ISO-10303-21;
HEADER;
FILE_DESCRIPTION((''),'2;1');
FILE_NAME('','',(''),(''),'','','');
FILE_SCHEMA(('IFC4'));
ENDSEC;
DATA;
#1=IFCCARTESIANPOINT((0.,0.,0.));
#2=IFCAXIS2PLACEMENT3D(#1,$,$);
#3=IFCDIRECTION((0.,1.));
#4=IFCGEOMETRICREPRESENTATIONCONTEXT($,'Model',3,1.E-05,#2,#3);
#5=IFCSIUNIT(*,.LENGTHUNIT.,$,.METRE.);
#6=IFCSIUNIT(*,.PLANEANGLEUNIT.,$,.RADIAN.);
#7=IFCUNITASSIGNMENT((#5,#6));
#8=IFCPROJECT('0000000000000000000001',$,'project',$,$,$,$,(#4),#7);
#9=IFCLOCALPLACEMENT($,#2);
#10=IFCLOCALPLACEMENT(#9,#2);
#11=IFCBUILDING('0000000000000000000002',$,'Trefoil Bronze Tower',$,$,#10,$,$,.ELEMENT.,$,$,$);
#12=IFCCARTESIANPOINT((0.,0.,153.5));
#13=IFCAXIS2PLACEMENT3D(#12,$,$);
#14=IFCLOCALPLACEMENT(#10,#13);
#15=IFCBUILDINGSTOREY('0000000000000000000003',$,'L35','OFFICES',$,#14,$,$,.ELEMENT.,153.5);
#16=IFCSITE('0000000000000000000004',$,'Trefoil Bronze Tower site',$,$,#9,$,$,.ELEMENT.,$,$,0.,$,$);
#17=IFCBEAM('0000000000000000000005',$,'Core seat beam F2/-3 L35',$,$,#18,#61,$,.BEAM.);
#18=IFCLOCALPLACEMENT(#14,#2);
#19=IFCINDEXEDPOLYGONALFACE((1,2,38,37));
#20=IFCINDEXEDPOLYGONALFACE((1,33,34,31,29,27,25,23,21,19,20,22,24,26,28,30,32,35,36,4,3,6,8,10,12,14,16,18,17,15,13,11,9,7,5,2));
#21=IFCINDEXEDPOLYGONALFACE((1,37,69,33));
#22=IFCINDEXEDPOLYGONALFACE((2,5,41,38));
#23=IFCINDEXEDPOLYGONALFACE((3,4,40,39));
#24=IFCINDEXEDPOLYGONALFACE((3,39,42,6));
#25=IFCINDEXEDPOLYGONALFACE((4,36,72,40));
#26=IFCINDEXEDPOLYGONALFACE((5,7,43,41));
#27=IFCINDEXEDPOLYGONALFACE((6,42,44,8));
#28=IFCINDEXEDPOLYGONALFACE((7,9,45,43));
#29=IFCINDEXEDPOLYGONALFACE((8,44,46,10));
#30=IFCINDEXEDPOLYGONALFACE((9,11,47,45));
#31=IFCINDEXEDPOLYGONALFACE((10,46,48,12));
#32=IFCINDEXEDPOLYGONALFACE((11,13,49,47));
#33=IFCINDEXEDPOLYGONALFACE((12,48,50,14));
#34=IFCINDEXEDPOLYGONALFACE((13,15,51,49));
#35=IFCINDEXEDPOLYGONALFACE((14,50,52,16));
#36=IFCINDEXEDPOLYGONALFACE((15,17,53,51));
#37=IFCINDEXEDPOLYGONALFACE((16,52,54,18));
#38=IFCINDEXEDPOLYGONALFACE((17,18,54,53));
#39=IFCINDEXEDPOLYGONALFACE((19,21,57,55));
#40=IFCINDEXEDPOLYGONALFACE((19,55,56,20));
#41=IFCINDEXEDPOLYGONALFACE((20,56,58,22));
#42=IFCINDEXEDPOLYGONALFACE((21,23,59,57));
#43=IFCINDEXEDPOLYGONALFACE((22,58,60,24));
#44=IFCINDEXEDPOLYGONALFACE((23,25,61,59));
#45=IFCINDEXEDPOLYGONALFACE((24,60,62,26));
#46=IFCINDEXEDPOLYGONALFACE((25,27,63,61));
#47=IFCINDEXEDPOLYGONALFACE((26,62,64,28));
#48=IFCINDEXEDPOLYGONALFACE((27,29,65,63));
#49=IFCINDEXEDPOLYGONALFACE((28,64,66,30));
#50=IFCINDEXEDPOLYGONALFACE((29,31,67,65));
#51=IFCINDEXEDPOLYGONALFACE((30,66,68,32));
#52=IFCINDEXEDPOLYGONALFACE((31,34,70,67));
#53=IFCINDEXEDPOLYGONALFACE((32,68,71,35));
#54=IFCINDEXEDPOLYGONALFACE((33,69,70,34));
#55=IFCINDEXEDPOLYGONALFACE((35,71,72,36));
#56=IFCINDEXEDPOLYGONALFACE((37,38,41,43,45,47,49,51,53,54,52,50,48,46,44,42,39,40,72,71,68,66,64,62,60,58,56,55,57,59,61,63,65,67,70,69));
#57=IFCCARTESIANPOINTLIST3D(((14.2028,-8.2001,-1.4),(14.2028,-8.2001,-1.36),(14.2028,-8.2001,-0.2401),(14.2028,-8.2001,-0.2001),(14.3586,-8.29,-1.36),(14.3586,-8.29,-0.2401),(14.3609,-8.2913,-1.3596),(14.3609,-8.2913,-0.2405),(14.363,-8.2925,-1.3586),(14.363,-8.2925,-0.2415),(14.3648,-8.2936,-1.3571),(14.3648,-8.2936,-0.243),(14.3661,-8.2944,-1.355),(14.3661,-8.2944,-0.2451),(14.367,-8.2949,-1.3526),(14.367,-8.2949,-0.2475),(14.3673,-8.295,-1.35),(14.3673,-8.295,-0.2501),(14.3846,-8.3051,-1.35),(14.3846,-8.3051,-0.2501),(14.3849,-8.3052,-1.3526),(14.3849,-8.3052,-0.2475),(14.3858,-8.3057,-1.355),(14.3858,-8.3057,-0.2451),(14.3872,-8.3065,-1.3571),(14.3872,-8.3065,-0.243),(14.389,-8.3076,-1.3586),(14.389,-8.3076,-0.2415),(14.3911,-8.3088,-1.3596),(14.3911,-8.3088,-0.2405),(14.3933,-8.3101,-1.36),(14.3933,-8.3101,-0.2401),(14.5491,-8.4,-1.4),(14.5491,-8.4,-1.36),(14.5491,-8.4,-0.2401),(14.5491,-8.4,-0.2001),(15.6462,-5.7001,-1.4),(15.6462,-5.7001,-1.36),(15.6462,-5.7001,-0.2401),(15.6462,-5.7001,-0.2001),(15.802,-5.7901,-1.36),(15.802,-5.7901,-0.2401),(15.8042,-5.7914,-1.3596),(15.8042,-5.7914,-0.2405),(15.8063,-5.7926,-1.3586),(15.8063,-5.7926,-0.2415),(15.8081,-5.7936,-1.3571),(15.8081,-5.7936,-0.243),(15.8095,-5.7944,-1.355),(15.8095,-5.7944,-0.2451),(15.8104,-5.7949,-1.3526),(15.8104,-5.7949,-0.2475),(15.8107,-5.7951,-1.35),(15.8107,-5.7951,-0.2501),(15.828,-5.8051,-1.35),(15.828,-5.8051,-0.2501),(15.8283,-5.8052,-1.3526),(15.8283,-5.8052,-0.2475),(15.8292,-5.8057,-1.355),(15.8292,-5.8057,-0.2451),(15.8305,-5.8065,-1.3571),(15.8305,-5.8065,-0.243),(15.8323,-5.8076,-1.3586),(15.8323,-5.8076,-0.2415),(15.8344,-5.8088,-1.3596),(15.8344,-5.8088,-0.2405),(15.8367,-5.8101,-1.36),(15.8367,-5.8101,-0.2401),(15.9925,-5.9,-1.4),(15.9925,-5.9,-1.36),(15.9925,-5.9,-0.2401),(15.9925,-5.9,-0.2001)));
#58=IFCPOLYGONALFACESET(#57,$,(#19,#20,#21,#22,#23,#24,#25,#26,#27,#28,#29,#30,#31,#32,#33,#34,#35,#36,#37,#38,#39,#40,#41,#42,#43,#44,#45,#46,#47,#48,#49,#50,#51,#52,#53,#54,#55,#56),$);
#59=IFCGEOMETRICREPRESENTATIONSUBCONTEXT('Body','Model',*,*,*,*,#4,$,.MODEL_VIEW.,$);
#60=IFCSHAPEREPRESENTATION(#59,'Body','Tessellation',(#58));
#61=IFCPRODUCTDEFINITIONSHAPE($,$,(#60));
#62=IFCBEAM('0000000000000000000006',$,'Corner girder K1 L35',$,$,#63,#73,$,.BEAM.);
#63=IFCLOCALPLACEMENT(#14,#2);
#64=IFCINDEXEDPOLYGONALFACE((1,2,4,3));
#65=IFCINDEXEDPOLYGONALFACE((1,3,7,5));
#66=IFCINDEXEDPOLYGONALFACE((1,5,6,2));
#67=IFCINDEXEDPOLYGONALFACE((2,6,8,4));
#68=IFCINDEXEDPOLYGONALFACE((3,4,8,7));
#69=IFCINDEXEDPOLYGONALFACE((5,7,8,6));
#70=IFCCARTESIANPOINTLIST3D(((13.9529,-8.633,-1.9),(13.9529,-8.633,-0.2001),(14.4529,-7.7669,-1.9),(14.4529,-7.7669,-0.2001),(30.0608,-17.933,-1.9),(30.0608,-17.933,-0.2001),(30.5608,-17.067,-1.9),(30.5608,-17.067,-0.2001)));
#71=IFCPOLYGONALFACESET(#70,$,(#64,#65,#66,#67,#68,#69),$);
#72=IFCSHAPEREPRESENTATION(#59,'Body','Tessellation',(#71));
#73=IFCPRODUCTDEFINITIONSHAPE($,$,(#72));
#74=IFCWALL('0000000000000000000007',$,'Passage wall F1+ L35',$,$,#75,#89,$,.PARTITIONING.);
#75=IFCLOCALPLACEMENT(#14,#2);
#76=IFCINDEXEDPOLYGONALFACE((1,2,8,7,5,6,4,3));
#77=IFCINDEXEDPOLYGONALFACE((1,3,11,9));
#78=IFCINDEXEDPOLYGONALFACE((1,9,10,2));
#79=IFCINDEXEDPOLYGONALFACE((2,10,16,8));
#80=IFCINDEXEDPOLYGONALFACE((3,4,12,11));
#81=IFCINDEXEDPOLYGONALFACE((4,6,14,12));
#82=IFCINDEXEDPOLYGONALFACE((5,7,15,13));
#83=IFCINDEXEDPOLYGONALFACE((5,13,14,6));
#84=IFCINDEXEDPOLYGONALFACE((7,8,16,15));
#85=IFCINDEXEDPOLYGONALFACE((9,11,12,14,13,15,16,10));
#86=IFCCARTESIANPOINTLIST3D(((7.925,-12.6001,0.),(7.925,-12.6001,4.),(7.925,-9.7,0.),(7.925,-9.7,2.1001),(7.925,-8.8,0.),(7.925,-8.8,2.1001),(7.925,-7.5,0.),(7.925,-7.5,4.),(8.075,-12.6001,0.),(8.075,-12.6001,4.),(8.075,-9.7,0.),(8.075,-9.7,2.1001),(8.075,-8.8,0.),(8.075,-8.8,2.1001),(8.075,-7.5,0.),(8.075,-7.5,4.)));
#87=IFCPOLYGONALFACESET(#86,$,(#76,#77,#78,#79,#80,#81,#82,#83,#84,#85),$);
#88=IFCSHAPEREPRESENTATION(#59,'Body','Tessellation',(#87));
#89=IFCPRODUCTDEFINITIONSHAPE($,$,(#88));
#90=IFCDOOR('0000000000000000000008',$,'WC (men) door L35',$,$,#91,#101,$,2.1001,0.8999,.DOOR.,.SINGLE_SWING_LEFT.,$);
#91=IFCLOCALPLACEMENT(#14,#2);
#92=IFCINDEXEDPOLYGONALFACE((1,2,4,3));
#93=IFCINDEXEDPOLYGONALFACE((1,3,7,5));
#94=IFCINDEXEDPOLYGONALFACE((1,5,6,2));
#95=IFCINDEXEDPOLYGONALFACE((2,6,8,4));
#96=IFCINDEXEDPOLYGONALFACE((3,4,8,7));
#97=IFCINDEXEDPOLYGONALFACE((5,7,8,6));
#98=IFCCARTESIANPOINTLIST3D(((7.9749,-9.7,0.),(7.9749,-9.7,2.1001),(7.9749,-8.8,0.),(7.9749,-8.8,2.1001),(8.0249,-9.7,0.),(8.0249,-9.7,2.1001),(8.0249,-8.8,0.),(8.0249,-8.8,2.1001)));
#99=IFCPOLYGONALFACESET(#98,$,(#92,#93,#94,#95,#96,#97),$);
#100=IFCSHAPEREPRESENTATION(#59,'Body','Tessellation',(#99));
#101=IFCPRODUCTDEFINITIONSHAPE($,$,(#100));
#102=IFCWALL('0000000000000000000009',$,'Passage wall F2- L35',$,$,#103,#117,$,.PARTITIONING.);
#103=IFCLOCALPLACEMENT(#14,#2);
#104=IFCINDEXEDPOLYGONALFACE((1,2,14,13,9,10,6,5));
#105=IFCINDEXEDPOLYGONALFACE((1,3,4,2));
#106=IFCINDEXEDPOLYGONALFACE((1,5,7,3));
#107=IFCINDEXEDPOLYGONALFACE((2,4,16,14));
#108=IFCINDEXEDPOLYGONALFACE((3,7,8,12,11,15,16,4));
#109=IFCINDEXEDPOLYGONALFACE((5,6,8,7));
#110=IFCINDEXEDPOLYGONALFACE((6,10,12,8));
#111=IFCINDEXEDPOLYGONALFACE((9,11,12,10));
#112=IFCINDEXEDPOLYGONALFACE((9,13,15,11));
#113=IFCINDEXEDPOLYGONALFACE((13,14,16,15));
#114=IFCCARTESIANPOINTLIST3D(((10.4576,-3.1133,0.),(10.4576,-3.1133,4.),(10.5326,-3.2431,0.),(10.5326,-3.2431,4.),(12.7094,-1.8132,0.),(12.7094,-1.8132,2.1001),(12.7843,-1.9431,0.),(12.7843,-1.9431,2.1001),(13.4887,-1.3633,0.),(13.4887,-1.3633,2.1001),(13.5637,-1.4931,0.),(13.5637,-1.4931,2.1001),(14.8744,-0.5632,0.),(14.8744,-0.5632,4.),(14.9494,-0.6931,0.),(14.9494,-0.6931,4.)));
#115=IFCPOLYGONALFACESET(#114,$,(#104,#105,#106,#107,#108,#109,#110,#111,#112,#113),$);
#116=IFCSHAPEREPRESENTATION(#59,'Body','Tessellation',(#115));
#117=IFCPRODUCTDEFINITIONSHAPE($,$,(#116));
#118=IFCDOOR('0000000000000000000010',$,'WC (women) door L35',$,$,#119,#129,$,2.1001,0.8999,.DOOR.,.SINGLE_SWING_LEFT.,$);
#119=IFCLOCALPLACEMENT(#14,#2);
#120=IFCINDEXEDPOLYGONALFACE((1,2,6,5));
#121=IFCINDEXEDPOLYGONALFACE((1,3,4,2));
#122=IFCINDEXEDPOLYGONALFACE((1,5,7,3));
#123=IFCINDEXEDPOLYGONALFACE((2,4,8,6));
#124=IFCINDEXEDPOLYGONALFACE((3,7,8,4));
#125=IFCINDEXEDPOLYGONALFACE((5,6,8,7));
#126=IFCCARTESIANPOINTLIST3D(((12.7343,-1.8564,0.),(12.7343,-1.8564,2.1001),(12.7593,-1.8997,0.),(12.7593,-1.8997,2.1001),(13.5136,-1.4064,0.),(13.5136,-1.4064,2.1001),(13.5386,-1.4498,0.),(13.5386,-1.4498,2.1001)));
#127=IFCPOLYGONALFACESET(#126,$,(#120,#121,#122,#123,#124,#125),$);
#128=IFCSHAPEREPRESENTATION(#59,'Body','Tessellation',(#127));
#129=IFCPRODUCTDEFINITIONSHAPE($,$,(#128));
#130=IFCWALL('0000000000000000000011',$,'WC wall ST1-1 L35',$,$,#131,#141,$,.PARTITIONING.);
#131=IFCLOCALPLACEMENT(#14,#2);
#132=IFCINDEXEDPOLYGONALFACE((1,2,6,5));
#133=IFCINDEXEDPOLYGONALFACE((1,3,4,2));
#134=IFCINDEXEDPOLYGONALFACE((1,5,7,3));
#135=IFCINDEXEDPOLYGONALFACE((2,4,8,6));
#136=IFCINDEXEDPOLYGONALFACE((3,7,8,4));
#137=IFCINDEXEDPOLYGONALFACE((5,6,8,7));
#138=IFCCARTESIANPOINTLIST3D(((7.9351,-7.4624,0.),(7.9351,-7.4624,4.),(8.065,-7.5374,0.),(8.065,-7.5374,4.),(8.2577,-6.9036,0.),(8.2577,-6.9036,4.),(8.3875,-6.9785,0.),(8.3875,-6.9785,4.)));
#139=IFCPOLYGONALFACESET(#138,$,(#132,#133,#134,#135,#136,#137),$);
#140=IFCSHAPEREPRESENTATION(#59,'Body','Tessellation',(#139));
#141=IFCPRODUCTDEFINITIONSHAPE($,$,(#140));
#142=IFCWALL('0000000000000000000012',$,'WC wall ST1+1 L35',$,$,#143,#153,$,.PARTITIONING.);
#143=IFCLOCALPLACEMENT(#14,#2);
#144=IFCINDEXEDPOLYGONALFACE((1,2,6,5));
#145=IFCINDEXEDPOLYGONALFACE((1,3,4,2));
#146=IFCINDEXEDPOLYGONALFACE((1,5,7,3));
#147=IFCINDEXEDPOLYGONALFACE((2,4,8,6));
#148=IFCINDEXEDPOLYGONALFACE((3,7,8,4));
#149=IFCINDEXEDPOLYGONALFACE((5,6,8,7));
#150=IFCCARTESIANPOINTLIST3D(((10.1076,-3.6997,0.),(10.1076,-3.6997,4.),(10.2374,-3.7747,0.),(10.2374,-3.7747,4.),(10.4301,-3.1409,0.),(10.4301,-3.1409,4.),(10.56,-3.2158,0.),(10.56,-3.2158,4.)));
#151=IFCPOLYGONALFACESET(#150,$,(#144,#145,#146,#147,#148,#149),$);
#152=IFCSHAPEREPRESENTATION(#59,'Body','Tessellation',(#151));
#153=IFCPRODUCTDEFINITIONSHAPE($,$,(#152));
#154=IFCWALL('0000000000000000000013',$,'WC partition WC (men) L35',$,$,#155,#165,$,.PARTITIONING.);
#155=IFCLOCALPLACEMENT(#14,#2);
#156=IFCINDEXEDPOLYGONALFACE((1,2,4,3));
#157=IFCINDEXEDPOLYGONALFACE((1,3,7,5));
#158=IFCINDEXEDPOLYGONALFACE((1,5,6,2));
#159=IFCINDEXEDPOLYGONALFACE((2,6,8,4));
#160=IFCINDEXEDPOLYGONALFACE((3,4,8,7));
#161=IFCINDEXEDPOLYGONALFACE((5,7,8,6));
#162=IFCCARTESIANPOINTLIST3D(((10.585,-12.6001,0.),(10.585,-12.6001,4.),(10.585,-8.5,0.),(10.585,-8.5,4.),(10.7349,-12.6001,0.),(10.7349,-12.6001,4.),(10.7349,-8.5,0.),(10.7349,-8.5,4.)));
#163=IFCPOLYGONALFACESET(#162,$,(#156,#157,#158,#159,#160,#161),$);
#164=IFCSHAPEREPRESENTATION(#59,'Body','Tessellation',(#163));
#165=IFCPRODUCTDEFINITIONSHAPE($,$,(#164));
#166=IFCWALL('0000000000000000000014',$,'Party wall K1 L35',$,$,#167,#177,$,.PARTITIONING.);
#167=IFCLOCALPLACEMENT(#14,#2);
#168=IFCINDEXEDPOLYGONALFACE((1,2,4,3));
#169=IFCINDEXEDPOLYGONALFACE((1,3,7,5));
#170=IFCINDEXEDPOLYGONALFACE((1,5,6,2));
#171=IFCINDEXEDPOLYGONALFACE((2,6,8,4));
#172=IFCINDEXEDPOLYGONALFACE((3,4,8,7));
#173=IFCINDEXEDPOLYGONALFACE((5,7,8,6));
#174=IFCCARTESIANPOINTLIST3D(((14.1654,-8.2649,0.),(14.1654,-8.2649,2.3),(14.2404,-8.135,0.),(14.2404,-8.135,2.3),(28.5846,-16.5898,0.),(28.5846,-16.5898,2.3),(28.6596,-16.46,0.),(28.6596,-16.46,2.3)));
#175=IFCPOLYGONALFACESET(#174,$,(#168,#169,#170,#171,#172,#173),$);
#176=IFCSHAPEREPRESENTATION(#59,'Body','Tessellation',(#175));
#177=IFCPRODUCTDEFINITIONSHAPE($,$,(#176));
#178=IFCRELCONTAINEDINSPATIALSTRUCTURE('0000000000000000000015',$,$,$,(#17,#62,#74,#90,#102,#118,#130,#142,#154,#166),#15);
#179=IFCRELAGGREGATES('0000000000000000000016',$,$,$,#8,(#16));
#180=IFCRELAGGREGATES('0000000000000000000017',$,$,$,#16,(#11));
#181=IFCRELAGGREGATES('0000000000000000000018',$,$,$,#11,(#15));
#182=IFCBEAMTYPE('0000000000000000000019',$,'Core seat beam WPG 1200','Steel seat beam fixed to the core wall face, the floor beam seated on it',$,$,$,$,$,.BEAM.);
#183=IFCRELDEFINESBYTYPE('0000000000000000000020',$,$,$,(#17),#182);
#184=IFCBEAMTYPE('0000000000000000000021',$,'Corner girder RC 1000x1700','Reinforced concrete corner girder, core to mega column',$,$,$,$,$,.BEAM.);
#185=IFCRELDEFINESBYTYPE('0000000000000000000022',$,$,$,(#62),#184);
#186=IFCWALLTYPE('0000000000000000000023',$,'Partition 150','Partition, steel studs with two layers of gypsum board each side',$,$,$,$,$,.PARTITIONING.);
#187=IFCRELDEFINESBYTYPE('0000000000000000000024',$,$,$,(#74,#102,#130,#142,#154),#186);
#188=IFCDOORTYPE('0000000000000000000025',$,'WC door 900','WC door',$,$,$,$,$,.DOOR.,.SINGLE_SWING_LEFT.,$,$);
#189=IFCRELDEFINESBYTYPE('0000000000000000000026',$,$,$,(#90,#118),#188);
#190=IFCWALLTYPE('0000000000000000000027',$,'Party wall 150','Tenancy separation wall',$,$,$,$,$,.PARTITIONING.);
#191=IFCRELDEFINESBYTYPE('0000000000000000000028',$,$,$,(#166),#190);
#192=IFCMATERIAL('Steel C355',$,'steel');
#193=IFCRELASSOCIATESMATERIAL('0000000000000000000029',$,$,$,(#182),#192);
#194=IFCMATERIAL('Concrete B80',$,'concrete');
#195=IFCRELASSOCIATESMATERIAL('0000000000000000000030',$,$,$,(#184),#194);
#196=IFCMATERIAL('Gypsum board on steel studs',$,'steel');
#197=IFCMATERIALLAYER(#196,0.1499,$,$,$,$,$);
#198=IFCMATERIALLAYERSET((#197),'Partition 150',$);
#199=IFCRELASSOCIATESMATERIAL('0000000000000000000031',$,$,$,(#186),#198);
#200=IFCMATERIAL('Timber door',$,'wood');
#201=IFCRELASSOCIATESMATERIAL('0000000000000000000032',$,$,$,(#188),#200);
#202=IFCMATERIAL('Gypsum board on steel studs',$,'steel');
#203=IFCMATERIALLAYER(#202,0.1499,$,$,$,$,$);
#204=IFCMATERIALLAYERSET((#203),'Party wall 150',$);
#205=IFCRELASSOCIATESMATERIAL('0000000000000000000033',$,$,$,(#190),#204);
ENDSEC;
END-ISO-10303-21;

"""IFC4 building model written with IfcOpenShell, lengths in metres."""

from ifc_helpers import new_model, si_unit, direction, frame, frame_2d, origin, origin_2d, place, context, subcontext, project, spatial, rectangle, i_section, extrude, material, layer, layer_set, material_profile, profile_set, type_object, element, fill, save


model = new_model("IFC4")

# Units and contexts
model_context = context("Model", 3, precision=1e-05, world=origin(), true_north=direction((0.0, 1.0)))
body_context = subcontext(model_context, "Body", "Model", "MODEL_VIEW")
ifc_project = project(units=[si_unit("LENGTHUNIT", "METRE"), si_unit("PLANEANGLEUNIT", "RADIAN")], contexts=[model_context])

# Site, building, storey
site_placement = place(None, origin())
site = spatial("IfcSite", under=ifc_project, at=site_placement, Name="Trefoil Bronze Tower site", CompositionType="ELEMENT", RefElevation=0.0)
building_placement = place(site_placement, origin())
building = spatial("IfcBuilding", under=site, at=building_placement, Name="Trefoil Bronze Tower", CompositionType="ELEMENT")
storey_placement = place(building_placement, frame((0.0, 0.0, 153.5)))
storey = spatial("IfcBuildingStorey", under=building, at=storey_placement, Name="L35", Description="OFFICES", CompositionType="ELEMENT", Elevation=153.5)

# Beams
ifc_material_1 = material(Name="Steel C355", Category="steel")
ifc_material_profile_1 = material_profile(ifc_material_1, i_section(OverallWidth=0.3999, OverallDepth=1.2, WebThickness=0.02, FlangeThickness=0.04, FilletRadius=0.01, at=origin_2d()), Name="WPG 1200")
ifc_profile_set_1 = profile_set([ifc_material_profile_1], Name="Steel C355")
beam_type_1 = type_object("IfcBeamType", Name="Core seat beam WPG 1200", Description="Steel seat beam fixed to the core wall face, the floor beam seated on it", PredefinedType="BEAM", material=ifc_profile_set_1)
beam_1_placement = place(storey_placement, frame((14.376, -8.3, -0.8), z_axis=(0.499996, 0.866028, 0.0), x_axis=(-0.866028, 0.499996, 0.0)))
element("IfcBeam", 1, at=beam_1_placement, inside=storey, type_object=beam_type_1, Name="Core seat beam F2/-3 L35", PredefinedType="BEAM", context=body_context, shape_type="SweptSolid", body=[
    extrude(i_section(OverallWidth=0.3999, OverallDepth=1.2, WebThickness=0.02, FlangeThickness=0.04, FilletRadius=0.01, at=origin_2d()), origin(), (0.0, 0.0, 1.0), 2.8867),
])
ifc_material_2 = material(Name="Concrete B80", Category="concrete")
ifc_material_profile_2 = material_profile(ifc_material_2, rectangle(XDim=1.0, YDim=1.7, at=origin_2d()), Name="RC 1000x1700")
ifc_profile_set_2 = profile_set([ifc_material_profile_2], Name="Concrete B80")
beam_type_2 = type_object("IfcBeamType", Name="Corner girder RC 1000x1700", Description="Reinforced concrete corner girder, core to mega column", PredefinedType="BEAM", material=ifc_profile_set_2)
beam_2_placement = place(storey_placement, frame((14.2029, -8.2, -1.05), z_axis=(0.866022, -0.500006, 0.0), x_axis=(0.500006, 0.866022, 0.0)))
element("IfcBeam", 2, at=beam_2_placement, inside=storey, type_object=beam_type_2, Name="Corner girder K1 L35", PredefinedType="BEAM", context=body_context, shape_type="SweptSolid", body=[
    extrude(rectangle(XDim=1.0, YDim=1.7, at=origin_2d()), origin(), (0.0, 0.0, 1.0), 18.5999),
])

# Walls, openings, doors
ifc_material_3 = material(Name="Gypsum board on steel studs", Category="steel")
ifc_layer_1 = layer(ifc_material_3, 0.1499)
ifc_layer_set_1 = layer_set([ifc_layer_1], Name="Partition 150")
wall_type_1 = type_object("IfcWallType", Name="Partition 150", Description="Partition, steel studs with two layers of gypsum board each side", PredefinedType="PARTITIONING", material=ifc_layer_set_1)
wall_1_placement = place(storey_placement, frame((8.0, -7.5, 0.0), z_axis=(0.0, 0.0, 1.0), x_axis=(0.0, -1.0, 0.0)))
wall_1 = element("IfcWall", 3, at=wall_1_placement, inside=storey, type_object=wall_type_1, Name="Passage wall F1+ L35", PredefinedType="PARTITIONING", context=body_context, shape_type="SweptSolid", body=[
    extrude(rectangle(XDim=5.1001, YDim=0.1499, at=frame_2d((2.55, 0.0))), origin(), (0.0, 0.0, 1.0), 4.0),
])
opening_1_placement = place(wall_1_placement, frame((1.3, 0.0, 0.0)))
opening_1 = element("IfcOpeningElement", 4, at=opening_1_placement, cuts=wall_1, PredefinedType="OPENING", context=body_context, shape_type="SweptSolid", body=[
    extrude(rectangle(XDim=0.8999, YDim=2.1001, at=frame_2d((0.45, 1.05))), frame((0.0, 0.085, 0.0), z_axis=(0.0, -1.0, 0.0), x_axis=(1.0, 0.0, 0.0)), (0.0, 0.0, 1.0), 0.1699),
])
ifc_material_4 = material(Name="Timber door", Category="wood")
door_type_1 = type_object("IfcDoorType", Name="WC door 900", Description="WC door", OperationType="SINGLE_SWING_LEFT", PredefinedType="DOOR", material=ifc_material_4)
door_1_placement = place(opening_1_placement, origin())
door_1 = element("IfcDoor", 5, at=door_1_placement, inside=storey, type_object=door_type_1, Name="WC (men) door L35", OperationType="SINGLE_SWING_LEFT", OverallHeight=2.1001, OverallWidth=0.8999, PredefinedType="DOOR", context=body_context, shape_type="SweptSolid", body=[
    extrude(rectangle(XDim=0.8999, YDim=2.1001, at=frame_2d((0.45, 1.05))), frame((0.0, 0.0249, 0.0), z_axis=(0.0, -1.0, 0.0), x_axis=(1.0, 0.0, 0.0)), (0.0, 0.0, 1.0), 0.05),
])
fill(opening_1, door_1)
wall_2_placement = place(storey_placement, frame((10.4951, -3.1782, 0.0), z_axis=(0.0, 0.0, 1.0), x_axis=(0.866022, 0.500006, 0.0)))
wall_2 = element("IfcWall", 6, at=wall_2_placement, inside=storey, type_object=wall_type_1, Name="Passage wall F2- L35", PredefinedType="PARTITIONING", context=body_context, shape_type="SweptSolid", body=[
    extrude(rectangle(XDim=5.1001, YDim=0.1499, at=frame_2d((2.55, 0.0))), origin(), (0.0, 0.0, 1.0), 4.0),
])
opening_2_placement = place(wall_2_placement, frame((2.6001, 0.0, 0.0)))
opening_2 = element("IfcOpeningElement", 7, at=opening_2_placement, cuts=wall_2, PredefinedType="OPENING", context=body_context, shape_type="SweptSolid", body=[
    extrude(rectangle(XDim=0.8999, YDim=2.1001, at=frame_2d((0.45, 1.05))), frame((0.0, 0.085, 0.0), z_axis=(0.0, -1.0, 0.0), x_axis=(1.0, 0.0, 0.0)), (0.0, 0.0, 1.0), 0.1699),
])
door_2_placement = place(opening_2_placement, frame((0.8999, 0.0, 0.0), z_axis=(0.0, 0.0, 1.0), x_axis=(-1.0, 0.0, 0.0)))
door_2 = element("IfcDoor", 8, at=door_2_placement, inside=storey, type_object=door_type_1, Name="WC (women) door L35", OperationType="SINGLE_SWING_LEFT", OverallHeight=2.1001, OverallWidth=0.8999, PredefinedType="DOOR", context=body_context, shape_type="SweptSolid", body=[
    extrude(rectangle(XDim=0.8999, YDim=2.1001, at=frame_2d((0.45, 1.05))), frame((0.0, 0.0249, 0.0), z_axis=(0.0, -1.0, 0.0), x_axis=(1.0, 0.0, 0.0)), (0.0, 0.0, 1.0), 0.05),
])
fill(opening_2, door_2)

# Walls
for number, where, z_axis, x_axis, name in (
    (9, (8.0, -7.5, 0.0), (0.0, 0.0, 1.0), (0.499843, 0.866116, 0.0), "WC wall ST1-1 L35"),
    (10, (10.4951, -3.1782, 0.0), (0.0, 0.0, 1.0), (-0.499843, -0.866116, 0.0), "WC wall ST1+1 L35"),
):
    element("IfcWall", number, at=place(storey_placement, frame(where, z_axis=z_axis, x_axis=x_axis)), inside=storey, type_object=wall_type_1, Name=name, PredefinedType="PARTITIONING", context=body_context, shape_type="SweptSolid", body=[
        extrude(rectangle(XDim=0.6453, YDim=0.1499, at=frame_2d((0.3228, 0.0))), origin(), (0.0, 0.0, 1.0), 4.0),
    ])
wall_3_placement = place(storey_placement, frame((10.6599, -8.5, 0.0), z_axis=(0.0, 0.0, 1.0), x_axis=(0.0, -1.0, 0.0)))
element("IfcWall", 11, at=wall_3_placement, inside=storey, type_object=wall_type_1, Name="WC partition WC (men) L35", PredefinedType="PARTITIONING", context=body_context, shape_type="SweptSolid", body=[
    extrude(rectangle(XDim=4.1001, YDim=0.1499, at=frame_2d((2.05, 0.0))), origin(), (0.0, 0.0, 1.0), 4.0),
])
ifc_material_5 = material(Name="Gypsum board on steel studs", Category="steel")
ifc_layer_2 = layer(ifc_material_5, 0.1499)
ifc_layer_set_2 = layer_set([ifc_layer_2], Name="Party wall 150")
wall_type_2 = type_object("IfcWallType", Name="Party wall 150", Description="Tenancy separation wall", PredefinedType="PARTITIONING", material=ifc_layer_set_2)
wall_4_placement = place(storey_placement, frame((14.2029, -8.2, 0.0), z_axis=(0.0, 0.0, 1.0), x_axis=(0.866025, -0.500001, 0.0)))
element("IfcWall", 12, at=wall_4_placement, inside=storey, type_object=wall_type_2, Name="Party wall K1 L35", PredefinedType="PARTITIONING", context=body_context, shape_type="SweptSolid", body=[
    extrude(rectangle(XDim=16.6499, YDim=0.1499, at=frame_2d((8.325, 0.0))), origin(), (0.0, 0.0, 1.0), 2.3),
])

save(model, "model.ifc")
